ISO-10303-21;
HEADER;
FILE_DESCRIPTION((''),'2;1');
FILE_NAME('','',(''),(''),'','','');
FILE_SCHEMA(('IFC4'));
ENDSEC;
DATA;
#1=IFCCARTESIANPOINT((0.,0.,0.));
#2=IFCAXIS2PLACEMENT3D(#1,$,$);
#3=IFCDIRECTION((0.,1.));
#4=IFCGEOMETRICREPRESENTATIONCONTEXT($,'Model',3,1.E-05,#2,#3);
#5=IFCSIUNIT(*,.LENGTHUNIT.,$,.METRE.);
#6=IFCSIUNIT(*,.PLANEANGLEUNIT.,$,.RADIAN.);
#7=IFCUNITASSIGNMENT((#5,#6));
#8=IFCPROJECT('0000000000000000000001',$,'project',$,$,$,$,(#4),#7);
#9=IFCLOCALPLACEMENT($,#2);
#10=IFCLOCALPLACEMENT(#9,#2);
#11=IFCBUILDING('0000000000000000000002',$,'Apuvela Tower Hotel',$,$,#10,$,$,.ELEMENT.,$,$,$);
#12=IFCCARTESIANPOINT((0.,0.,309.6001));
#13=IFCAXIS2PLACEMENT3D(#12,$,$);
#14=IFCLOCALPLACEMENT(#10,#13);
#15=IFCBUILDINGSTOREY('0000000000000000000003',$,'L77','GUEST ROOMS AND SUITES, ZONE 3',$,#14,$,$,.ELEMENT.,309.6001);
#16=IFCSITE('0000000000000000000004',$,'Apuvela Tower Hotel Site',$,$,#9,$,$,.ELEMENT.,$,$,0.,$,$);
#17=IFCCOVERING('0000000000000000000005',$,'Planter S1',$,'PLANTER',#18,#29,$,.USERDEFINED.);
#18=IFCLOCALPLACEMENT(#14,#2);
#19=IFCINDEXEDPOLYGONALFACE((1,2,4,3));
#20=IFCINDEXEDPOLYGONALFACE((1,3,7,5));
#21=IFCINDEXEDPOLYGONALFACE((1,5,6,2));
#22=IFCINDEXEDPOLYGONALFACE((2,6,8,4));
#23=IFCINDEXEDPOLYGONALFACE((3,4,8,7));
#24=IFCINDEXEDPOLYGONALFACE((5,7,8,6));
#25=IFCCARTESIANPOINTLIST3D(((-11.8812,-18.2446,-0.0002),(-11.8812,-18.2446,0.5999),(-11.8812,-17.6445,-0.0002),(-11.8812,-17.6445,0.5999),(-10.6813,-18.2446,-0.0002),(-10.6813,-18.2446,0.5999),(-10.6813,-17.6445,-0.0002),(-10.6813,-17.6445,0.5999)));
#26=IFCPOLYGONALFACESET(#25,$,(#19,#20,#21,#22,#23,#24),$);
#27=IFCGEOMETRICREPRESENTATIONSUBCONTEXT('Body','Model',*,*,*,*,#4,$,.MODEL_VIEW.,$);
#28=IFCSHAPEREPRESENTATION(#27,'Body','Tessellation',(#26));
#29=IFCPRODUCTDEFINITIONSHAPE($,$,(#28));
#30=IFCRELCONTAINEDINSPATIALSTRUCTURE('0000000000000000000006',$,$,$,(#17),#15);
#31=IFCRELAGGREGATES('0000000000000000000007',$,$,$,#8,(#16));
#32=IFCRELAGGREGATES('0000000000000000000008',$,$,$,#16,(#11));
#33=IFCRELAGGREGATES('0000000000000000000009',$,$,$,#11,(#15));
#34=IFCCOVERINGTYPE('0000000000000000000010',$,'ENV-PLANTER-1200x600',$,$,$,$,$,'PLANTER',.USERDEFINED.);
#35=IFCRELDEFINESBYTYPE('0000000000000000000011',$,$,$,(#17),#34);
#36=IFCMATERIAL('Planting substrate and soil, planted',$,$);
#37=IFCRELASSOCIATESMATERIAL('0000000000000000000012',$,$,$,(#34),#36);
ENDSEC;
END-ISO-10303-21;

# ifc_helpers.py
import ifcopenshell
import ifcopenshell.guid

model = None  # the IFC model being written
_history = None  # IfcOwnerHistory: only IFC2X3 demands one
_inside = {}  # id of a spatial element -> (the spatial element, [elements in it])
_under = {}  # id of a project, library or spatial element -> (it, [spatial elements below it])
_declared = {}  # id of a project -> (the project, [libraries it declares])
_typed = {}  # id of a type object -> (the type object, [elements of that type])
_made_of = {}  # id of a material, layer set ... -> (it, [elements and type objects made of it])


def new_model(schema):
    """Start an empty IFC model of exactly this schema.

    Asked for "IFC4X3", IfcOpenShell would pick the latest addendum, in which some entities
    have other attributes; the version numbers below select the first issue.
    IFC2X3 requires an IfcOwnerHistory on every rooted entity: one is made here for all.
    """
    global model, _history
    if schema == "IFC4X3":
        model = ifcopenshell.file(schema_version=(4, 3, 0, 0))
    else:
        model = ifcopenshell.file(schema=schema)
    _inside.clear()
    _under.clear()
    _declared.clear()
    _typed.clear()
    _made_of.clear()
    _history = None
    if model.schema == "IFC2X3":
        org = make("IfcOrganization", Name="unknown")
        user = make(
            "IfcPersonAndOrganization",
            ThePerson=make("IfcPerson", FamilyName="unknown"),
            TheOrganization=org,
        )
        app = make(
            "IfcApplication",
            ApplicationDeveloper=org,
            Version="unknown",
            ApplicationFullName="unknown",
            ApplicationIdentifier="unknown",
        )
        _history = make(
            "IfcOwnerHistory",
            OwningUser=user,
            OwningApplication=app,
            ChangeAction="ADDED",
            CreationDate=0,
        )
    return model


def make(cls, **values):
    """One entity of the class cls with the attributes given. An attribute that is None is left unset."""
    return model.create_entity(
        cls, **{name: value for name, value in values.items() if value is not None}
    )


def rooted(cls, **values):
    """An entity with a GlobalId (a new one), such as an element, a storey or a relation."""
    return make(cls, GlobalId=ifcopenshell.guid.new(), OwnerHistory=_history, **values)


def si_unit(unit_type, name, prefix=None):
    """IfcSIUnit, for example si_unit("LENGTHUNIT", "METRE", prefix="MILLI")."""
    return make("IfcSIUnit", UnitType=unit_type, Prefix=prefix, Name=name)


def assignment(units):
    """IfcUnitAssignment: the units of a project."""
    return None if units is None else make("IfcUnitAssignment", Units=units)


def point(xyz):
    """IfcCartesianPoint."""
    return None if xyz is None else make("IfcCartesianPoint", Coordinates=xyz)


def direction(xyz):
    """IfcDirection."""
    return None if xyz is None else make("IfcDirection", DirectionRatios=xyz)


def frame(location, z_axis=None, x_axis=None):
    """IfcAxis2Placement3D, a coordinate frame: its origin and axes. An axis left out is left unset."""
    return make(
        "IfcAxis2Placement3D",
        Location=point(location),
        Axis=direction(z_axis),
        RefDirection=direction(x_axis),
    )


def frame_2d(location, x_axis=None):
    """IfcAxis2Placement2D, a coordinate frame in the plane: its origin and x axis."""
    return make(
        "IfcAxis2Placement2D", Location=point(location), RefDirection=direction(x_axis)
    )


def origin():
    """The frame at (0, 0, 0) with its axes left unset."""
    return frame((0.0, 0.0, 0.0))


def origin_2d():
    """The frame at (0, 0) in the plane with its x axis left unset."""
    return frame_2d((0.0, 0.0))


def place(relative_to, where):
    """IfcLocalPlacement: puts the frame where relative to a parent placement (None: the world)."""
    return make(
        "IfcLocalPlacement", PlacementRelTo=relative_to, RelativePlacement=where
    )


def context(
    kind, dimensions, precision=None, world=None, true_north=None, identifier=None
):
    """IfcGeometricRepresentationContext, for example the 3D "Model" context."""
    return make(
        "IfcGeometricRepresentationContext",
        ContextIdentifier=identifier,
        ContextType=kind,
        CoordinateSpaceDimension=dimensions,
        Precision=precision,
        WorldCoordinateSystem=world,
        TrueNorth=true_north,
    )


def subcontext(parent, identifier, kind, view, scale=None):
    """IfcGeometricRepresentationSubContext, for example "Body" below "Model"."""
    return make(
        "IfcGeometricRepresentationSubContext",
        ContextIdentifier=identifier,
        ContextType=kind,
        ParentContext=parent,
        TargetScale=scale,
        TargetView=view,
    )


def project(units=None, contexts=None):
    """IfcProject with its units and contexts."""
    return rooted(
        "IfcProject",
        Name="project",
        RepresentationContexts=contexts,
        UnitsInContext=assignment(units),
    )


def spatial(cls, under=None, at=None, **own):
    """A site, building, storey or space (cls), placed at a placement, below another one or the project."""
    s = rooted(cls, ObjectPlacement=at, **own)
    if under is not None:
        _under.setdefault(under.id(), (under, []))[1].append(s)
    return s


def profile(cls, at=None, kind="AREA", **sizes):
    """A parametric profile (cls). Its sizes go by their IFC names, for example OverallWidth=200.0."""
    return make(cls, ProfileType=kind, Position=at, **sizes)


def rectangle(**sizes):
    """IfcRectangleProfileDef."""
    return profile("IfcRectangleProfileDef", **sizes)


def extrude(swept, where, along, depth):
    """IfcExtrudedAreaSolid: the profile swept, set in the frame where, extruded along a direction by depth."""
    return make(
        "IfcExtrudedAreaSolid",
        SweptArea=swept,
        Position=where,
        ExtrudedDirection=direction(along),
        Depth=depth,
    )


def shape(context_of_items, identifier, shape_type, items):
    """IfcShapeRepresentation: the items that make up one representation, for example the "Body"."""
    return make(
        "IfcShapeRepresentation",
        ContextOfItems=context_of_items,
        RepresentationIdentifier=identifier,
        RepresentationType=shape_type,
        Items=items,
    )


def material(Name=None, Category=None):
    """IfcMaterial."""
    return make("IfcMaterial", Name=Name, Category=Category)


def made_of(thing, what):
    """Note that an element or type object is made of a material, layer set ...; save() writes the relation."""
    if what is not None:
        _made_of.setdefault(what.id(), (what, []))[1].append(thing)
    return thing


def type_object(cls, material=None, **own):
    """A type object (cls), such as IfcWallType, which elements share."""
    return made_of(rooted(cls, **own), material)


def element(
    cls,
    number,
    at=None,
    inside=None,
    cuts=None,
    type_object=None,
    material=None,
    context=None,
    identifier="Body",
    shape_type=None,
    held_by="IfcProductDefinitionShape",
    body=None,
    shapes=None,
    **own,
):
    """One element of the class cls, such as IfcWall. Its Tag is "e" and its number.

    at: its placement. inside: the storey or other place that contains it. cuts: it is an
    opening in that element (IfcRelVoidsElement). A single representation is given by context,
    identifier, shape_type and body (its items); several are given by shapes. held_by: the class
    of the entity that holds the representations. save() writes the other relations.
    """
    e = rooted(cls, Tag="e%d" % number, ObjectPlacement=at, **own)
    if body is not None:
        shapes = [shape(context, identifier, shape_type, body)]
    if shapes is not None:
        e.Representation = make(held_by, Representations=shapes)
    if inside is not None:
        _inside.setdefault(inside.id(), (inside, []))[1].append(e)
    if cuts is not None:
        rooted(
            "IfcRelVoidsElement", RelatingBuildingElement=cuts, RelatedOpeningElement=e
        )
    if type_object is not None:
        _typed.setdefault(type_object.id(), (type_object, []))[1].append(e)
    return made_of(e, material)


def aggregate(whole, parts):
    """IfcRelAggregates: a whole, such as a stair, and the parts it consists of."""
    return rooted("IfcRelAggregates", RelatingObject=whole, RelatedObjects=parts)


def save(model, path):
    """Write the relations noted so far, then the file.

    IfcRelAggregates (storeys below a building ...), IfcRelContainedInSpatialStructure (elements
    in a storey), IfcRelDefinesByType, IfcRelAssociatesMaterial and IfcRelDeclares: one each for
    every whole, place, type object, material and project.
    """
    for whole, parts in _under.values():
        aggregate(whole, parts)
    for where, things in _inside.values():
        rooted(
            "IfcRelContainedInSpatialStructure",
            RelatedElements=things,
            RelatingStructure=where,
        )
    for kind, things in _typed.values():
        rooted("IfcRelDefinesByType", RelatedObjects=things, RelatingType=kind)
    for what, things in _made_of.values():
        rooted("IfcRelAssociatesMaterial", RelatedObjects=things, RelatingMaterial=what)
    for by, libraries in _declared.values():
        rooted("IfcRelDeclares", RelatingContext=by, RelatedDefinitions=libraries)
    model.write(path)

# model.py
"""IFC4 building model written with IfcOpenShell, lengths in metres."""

from ifc_helpers import new_model, si_unit, direction, frame, origin, origin_2d, place, context, subcontext, project, spatial, rectangle, extrude, material, type_object, element, save


model = new_model("IFC4")

# Units and contexts
model_context = context("Model", 3, precision=1e-05, world=origin(), true_north=direction((0.0, 1.0)))
body_context = subcontext(model_context, "Body", "Model", "MODEL_VIEW")
ifc_project = project(units=[si_unit("LENGTHUNIT", "METRE"), si_unit("PLANEANGLEUNIT", "RADIAN")], contexts=[model_context])

# Site, building, storey
site_placement = place(None, origin())
site = spatial("IfcSite", under=ifc_project, at=site_placement, Name="Apuvela Tower Hotel Site", CompositionType="ELEMENT", RefElevation=0.0)
building_placement = place(site_placement, origin())
building = spatial("IfcBuilding", under=site, at=building_placement, Name="Apuvela Tower Hotel", CompositionType="ELEMENT")
storey_placement = place(building_placement, frame((0.0, 0.0, 309.6001)))
storey = spatial("IfcBuildingStorey", under=building, at=storey_placement, Name="L77", Description="GUEST ROOMS AND SUITES, ZONE 3", CompositionType="ELEMENT", Elevation=309.6001)

# Covering
ifc_material_1 = material(Name="Planting substrate and soil, planted")
covering_type = type_object("IfcCoveringType", Name="ENV-PLANTER-1200x600", ElementType="PLANTER", PredefinedType="USERDEFINED", material=ifc_material_1)
covering_placement = place(storey_placement, frame((-11.2812, -17.9446, -0.0002), z_axis=(0.0, 0.0, 1.0), x_axis=(1.0, 0.0, 0.0)))
element("IfcCovering", 1, at=covering_placement, inside=storey, type_object=covering_type, Name="Planter S1", ObjectType="PLANTER", PredefinedType="USERDEFINED", context=body_context, shape_type="SweptSolid", body=[
    extrude(rectangle(XDim=1.2, YDim=0.6001, at=origin_2d()), origin(), (0.0, 0.0, 1.0), 0.6001),
])

save(model, "model.ifc")
